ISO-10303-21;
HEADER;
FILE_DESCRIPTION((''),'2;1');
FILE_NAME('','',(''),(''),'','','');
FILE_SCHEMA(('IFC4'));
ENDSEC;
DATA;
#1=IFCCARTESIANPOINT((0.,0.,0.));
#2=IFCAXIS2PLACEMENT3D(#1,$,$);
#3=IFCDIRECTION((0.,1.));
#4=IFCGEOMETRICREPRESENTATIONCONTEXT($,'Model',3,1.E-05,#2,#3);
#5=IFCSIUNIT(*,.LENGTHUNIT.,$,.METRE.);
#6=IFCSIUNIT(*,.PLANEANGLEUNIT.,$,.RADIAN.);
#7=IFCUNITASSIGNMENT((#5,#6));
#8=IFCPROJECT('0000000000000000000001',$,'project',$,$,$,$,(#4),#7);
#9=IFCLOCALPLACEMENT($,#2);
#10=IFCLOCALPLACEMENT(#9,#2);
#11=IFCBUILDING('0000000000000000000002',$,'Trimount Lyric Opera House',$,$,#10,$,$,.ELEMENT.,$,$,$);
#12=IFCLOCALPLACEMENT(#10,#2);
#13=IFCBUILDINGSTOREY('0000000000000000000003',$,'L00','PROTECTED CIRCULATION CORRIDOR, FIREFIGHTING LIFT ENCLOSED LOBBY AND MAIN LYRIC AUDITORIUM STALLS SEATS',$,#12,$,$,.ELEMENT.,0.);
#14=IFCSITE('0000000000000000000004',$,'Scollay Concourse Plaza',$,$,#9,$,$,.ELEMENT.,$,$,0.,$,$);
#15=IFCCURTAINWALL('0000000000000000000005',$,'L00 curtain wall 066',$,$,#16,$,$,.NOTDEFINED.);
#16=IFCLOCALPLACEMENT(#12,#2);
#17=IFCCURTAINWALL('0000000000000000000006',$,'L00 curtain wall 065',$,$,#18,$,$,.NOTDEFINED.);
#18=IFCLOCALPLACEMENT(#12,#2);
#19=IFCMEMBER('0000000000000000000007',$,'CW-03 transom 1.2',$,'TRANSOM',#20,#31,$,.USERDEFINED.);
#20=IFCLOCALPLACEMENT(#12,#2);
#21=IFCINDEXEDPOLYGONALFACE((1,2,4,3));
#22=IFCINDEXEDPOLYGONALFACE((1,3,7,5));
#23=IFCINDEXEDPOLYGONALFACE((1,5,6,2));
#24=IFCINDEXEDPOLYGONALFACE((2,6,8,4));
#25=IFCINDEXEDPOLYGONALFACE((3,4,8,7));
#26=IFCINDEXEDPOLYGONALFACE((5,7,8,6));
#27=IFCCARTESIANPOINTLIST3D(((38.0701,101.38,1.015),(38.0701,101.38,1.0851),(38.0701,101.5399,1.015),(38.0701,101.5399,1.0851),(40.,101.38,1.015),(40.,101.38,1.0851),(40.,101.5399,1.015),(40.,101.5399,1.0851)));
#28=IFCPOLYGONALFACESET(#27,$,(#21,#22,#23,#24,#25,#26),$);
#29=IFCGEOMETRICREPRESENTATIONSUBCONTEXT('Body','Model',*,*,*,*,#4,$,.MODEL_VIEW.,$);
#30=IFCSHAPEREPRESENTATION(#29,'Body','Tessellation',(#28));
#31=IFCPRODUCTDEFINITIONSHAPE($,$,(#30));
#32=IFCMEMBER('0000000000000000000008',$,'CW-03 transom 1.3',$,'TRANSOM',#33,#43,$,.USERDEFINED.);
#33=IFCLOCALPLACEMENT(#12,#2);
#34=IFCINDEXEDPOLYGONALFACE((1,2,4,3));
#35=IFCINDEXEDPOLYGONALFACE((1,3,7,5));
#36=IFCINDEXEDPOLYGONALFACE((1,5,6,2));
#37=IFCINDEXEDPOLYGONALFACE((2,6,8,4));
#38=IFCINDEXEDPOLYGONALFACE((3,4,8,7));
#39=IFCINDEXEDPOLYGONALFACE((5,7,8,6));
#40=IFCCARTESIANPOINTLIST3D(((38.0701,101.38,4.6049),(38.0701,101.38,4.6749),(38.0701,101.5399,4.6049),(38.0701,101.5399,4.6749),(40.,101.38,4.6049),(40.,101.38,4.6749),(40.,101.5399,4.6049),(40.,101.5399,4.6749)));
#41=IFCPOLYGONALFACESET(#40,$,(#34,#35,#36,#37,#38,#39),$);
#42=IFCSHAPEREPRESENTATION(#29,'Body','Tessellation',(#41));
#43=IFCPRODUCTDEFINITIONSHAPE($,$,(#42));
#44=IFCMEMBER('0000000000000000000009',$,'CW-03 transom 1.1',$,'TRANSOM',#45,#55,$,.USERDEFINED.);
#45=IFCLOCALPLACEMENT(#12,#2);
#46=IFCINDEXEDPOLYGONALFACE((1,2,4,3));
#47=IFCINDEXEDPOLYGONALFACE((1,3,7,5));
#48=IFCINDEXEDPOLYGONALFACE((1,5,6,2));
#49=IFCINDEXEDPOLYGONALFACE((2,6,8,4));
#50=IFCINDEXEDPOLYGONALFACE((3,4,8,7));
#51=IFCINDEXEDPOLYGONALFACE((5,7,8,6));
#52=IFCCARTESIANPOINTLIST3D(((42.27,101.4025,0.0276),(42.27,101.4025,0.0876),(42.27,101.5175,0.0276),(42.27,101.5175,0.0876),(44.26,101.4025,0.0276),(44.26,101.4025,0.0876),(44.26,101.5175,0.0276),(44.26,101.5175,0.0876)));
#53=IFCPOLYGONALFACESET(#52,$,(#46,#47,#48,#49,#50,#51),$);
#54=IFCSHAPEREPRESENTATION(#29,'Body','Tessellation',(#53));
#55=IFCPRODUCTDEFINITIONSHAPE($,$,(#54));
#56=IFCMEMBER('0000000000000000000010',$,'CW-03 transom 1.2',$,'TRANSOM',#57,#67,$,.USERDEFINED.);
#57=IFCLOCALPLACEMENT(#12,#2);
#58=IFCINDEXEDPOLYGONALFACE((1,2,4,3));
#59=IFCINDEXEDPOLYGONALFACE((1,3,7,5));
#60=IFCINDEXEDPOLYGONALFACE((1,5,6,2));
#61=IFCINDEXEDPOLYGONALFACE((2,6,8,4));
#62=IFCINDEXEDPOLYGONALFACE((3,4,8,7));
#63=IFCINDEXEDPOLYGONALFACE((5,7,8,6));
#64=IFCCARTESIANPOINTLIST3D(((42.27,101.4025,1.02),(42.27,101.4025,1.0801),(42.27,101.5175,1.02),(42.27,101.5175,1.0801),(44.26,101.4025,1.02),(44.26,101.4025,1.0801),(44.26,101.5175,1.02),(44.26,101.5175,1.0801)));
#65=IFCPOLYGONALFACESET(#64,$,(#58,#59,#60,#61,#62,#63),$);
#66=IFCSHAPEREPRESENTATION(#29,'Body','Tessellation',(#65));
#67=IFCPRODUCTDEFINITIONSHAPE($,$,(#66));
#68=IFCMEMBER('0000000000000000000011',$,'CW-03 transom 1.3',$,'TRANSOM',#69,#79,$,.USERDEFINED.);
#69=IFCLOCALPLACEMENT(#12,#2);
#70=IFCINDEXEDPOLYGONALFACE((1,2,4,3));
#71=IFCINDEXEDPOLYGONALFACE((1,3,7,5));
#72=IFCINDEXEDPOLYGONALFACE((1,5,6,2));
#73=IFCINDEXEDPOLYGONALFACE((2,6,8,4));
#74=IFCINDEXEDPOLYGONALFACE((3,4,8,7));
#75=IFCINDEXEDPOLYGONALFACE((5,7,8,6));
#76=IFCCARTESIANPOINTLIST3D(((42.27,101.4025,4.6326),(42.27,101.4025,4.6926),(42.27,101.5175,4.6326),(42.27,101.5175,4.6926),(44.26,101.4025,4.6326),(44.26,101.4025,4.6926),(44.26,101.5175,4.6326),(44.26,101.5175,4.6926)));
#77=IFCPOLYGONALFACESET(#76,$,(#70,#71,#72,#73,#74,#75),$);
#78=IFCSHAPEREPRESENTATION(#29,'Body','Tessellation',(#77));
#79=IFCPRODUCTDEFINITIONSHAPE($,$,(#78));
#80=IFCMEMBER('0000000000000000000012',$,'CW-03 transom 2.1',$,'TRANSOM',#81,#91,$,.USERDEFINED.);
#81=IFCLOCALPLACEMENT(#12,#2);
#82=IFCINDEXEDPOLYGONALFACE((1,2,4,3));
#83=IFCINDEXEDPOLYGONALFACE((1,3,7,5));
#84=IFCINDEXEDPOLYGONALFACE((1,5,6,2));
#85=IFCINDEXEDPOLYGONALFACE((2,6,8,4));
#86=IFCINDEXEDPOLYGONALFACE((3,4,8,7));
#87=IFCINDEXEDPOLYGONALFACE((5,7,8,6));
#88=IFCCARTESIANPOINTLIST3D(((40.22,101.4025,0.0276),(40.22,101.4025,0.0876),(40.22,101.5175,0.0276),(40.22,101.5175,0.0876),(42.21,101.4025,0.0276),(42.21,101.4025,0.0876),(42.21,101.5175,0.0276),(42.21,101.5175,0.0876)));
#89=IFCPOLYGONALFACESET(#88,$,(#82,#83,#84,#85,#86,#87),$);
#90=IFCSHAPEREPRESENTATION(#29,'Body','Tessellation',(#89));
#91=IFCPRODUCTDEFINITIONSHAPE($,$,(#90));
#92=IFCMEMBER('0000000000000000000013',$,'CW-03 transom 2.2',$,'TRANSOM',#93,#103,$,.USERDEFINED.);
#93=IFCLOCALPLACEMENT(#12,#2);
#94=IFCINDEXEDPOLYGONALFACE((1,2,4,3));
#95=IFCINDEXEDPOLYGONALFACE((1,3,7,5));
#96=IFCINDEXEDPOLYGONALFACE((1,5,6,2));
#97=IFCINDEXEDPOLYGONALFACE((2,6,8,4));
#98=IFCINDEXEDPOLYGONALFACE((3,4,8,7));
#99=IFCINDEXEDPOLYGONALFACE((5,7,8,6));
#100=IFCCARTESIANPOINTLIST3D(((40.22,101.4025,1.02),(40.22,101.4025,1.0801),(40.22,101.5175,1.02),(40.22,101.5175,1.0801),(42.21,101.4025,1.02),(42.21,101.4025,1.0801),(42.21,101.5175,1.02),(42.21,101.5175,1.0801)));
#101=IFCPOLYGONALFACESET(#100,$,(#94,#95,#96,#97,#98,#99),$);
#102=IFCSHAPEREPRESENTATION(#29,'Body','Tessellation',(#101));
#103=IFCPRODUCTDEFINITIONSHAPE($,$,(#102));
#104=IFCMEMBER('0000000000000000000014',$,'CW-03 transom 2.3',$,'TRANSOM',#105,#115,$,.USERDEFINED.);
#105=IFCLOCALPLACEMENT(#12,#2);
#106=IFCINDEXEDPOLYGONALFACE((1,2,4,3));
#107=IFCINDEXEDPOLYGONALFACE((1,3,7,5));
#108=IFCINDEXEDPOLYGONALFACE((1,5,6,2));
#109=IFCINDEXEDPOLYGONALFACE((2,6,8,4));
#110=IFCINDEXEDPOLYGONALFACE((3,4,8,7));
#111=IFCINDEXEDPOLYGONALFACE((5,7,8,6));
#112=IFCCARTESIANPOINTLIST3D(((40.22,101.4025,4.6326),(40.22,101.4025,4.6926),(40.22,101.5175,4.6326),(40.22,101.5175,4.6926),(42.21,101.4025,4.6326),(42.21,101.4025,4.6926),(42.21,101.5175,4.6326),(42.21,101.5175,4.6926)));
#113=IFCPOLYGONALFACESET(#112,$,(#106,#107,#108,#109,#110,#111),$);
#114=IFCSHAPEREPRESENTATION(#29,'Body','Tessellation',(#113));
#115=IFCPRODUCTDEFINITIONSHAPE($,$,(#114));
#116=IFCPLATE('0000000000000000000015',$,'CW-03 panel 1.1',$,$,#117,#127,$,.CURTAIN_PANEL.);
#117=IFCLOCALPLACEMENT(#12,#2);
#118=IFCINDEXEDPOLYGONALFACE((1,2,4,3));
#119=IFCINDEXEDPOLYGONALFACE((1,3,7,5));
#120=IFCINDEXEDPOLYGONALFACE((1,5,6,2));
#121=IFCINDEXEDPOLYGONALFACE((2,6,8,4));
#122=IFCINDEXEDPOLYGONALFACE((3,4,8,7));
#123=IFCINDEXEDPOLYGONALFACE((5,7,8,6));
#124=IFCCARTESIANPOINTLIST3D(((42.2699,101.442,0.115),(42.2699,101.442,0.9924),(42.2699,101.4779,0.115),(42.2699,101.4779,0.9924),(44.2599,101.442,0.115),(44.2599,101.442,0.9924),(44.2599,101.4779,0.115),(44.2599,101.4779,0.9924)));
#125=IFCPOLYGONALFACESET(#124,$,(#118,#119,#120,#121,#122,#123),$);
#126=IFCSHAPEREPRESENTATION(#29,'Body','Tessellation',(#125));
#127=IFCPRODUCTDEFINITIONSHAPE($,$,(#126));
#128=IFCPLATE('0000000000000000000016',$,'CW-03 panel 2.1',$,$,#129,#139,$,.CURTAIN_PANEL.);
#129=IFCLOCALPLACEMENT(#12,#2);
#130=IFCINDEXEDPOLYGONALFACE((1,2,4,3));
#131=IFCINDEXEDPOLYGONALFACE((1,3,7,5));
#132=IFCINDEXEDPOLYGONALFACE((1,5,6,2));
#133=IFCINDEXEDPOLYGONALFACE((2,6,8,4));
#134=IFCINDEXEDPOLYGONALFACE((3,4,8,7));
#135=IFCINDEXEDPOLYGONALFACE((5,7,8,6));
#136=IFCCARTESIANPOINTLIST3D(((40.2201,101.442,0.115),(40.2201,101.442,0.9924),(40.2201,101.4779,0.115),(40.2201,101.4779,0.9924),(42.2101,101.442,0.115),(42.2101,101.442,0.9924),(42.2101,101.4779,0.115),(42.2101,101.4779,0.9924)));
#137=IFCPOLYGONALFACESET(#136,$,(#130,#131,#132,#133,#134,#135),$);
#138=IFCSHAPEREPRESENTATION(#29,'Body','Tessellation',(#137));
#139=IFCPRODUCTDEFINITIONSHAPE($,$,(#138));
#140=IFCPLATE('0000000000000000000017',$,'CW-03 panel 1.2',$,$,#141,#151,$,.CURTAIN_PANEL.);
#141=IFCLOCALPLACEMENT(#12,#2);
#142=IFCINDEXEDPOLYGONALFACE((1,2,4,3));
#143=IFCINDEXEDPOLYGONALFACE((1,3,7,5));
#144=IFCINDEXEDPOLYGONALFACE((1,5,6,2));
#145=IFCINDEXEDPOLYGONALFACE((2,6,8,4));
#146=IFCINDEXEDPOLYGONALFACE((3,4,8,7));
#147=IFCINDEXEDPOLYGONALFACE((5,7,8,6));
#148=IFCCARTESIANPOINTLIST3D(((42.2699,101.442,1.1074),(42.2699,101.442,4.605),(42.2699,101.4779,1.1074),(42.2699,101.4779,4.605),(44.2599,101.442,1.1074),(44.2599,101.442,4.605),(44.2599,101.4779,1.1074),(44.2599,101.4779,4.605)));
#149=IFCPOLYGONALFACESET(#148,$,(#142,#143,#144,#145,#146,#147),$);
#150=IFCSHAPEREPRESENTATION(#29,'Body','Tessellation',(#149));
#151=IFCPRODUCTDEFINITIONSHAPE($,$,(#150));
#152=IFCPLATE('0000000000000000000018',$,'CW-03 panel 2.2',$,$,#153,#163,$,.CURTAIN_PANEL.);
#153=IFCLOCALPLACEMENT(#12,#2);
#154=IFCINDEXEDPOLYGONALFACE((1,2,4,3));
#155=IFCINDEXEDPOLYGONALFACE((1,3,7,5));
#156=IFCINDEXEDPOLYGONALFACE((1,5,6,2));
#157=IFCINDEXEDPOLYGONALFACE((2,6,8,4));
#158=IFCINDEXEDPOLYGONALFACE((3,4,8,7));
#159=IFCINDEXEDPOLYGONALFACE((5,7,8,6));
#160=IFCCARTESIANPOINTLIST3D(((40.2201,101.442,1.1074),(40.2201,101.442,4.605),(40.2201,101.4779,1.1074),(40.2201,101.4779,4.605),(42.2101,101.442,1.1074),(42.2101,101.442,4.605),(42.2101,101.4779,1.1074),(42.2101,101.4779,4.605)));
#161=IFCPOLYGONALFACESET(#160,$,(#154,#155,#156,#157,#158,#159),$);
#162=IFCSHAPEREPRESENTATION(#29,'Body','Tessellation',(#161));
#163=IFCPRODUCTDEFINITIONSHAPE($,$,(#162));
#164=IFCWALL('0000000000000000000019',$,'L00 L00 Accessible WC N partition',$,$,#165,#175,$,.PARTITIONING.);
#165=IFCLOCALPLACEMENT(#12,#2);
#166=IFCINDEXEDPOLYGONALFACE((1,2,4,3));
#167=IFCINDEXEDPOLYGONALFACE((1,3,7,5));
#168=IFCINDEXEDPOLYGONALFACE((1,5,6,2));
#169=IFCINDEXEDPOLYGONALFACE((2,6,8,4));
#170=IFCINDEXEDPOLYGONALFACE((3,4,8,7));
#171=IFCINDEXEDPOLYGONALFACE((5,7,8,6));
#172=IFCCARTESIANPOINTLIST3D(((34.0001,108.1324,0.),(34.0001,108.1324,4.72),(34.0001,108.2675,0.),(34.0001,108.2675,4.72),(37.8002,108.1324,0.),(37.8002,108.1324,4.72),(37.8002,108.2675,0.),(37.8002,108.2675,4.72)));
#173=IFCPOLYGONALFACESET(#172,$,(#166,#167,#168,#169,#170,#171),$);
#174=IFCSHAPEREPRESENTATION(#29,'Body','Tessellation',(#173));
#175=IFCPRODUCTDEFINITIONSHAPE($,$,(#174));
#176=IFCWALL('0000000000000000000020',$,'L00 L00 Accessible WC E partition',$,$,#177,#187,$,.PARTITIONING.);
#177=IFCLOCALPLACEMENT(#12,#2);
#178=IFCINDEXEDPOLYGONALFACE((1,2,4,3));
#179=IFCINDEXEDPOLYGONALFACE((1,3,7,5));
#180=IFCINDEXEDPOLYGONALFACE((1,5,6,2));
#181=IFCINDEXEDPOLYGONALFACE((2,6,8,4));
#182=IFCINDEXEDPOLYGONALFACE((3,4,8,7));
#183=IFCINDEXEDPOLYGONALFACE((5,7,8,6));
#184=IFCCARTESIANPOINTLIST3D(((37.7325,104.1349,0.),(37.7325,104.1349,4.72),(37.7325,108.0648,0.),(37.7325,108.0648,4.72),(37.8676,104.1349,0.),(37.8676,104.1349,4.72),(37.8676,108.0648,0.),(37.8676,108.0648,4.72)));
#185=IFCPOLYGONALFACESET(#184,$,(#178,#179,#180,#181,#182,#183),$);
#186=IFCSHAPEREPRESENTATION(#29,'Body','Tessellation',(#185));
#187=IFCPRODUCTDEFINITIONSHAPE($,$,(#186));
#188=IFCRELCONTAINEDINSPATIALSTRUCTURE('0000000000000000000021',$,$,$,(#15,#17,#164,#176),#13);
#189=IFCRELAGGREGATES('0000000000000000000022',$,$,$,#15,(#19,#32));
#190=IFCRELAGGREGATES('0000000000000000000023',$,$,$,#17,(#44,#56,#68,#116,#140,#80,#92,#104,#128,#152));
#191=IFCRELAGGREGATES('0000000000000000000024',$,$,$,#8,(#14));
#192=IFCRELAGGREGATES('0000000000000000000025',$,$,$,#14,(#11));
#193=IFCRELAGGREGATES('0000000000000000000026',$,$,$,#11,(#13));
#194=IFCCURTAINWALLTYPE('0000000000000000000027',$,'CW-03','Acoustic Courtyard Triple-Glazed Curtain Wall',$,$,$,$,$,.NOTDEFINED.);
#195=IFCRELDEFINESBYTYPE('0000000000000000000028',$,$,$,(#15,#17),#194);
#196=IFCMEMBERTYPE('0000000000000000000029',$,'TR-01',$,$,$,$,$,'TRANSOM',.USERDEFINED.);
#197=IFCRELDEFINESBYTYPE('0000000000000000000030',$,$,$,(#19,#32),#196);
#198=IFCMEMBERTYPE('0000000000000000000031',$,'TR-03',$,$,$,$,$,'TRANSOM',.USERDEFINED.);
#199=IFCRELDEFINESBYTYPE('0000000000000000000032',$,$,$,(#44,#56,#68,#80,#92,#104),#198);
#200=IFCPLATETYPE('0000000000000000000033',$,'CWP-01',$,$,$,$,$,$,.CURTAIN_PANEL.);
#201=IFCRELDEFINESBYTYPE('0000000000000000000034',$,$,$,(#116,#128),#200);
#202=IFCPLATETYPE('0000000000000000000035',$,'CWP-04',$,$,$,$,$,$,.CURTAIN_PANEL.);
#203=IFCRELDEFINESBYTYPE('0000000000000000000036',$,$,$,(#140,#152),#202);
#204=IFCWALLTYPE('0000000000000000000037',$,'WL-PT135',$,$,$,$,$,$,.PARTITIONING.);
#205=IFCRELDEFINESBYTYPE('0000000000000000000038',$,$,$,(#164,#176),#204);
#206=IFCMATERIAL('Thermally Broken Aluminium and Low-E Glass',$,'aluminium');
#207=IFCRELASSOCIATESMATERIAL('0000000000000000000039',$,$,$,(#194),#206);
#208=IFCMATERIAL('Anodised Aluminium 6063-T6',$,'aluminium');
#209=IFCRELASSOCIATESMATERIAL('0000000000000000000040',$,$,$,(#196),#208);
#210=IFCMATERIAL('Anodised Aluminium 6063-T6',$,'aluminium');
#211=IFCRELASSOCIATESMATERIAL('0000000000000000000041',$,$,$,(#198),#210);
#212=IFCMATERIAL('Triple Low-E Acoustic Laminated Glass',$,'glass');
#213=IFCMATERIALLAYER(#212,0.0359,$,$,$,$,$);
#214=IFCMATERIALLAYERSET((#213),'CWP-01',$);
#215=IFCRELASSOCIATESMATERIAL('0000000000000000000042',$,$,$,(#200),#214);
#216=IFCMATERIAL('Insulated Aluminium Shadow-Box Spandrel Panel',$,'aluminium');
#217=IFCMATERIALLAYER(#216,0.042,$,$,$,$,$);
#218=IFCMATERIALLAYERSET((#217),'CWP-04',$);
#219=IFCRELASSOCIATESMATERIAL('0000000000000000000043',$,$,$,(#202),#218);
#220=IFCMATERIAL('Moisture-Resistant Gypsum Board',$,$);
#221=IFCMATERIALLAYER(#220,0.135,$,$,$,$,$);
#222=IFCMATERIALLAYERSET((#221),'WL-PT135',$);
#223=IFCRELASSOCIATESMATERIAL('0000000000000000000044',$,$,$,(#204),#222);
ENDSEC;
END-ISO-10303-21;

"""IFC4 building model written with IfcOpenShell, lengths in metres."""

from ifc_helpers import new_model, si_unit, direction, frame, frame_2d, origin, origin_2d, place, context, subcontext, project, spatial, rectangle, extrude, material, layer, layer_set, material_profile, profile_set, type_object, element, aggregate, save


model = new_model("IFC4")

# Units and contexts
model_context = context("Model", 3, precision=1e-05, world=origin(), true_north=direction((0.0, 1.0)))
body_context = subcontext(model_context, "Body", "Model", "MODEL_VIEW")
ifc_project = project(units=[si_unit("LENGTHUNIT", "METRE"), si_unit("PLANEANGLEUNIT", "RADIAN")], contexts=[model_context])

# Site, building, storey
site_placement = place(None, origin())
site = spatial("IfcSite", under=ifc_project, at=site_placement, Name="Scollay Concourse Plaza", CompositionType="ELEMENT", RefElevation=0.0)
building_placement = place(site_placement, origin())
building = spatial("IfcBuilding", under=site, at=building_placement, Name="Trimount Lyric Opera House", CompositionType="ELEMENT")
storey_placement = place(building_placement, origin())
storey = spatial("IfcBuildingStorey", under=building, at=storey_placement, Name="L00", Description="PROTECTED CIRCULATION CORRIDOR, FIREFIGHTING LIFT ENCLOSED LOBBY AND MAIN LYRIC AUDITORIUM STALLS SEATS", CompositionType="ELEMENT", Elevation=0.0)

# Curtain wall
ifc_material_1 = material(Name="Thermally Broken Aluminium and Low-E Glass", Category="aluminium")
curtain_wall_type = type_object("IfcCurtainWallType", Name="CW-03", Description="Acoustic Courtyard Triple-Glazed Curtain Wall", PredefinedType="NOTDEFINED", material=ifc_material_1)
curtain_wall_1_placement = place(storey_placement, origin())
curtain_wall_1 = element("IfcCurtainWall", 1, at=curtain_wall_1_placement, inside=storey, type_object=curtain_wall_type, Name="L00 curtain wall 066", PredefinedType="NOTDEFINED")

# Curtain wall
curtain_wall_2_placement = place(storey_placement, origin())
curtain_wall_2 = element("IfcCurtainWall", 2, at=curtain_wall_2_placement, inside=storey, type_object=curtain_wall_type, Name="L00 curtain wall 065", PredefinedType="NOTDEFINED")

# Members
ifc_material_2 = material(Name="Anodised Aluminium 6063-T6", Category="aluminium")
ifc_material_profile_1 = material_profile(ifc_material_2, rectangle(XDim=0.1599, YDim=0.0701, at=origin_2d()), Name="ALU-TRAN-70X160")
ifc_profile_set_1 = profile_set([ifc_material_profile_1], Name="Anodised Aluminium 6063-T6")
member_type_1 = type_object("IfcMemberType", Name="TR-01", ElementType="TRANSOM", PredefinedType="USERDEFINED", material=ifc_profile_set_1)
member_1_placement = place(storey_placement, frame((40.0, 101.46, 1.05), z_axis=(-1.0, 0.0, 0.0), x_axis=(0.0, -1.0, 0.0)))
member_1 = element("IfcMember", 3, at=member_1_placement, type_object=member_type_1, Name="CW-03 transom 1.2", ObjectType="TRANSOM", PredefinedType="USERDEFINED", context=body_context, shape_type="SweptSolid", body=[
    extrude(rectangle(XDim=0.1599, YDim=0.0701, at=origin_2d()), origin(), (0.0, 0.0, 1.0), 1.9299),
])
member_2_placement = place(storey_placement, frame((40.0, 101.46, 4.6399), z_axis=(-1.0, 0.0, 0.0), x_axis=(0.0, -1.0, 0.0)))
member_2 = element("IfcMember", 4, at=member_2_placement, type_object=member_type_1, Name="CW-03 transom 1.3", ObjectType="TRANSOM", PredefinedType="USERDEFINED", context=body_context, shape_type="SweptSolid", body=[
    extrude(rectangle(XDim=0.1599, YDim=0.0701, at=origin_2d()), origin(), (0.0, 0.0, 1.0), 1.9299),
])
aggregate(curtain_wall_1, [member_1, member_2])
ifc_material_3 = material(Name="Anodised Aluminium 6063-T6", Category="aluminium")
ifc_material_profile_2 = material_profile(ifc_material_3, rectangle(XDim=0.115, YDim=0.0601, at=origin_2d()), Name="ALU-TRAN-60X115")
ifc_profile_set_2 = profile_set([ifc_material_profile_2], Name="Anodised Aluminium 6063-T6")
member_type_2 = type_object("IfcMemberType", Name="TR-03", ElementType="TRANSOM", PredefinedType="USERDEFINED", material=ifc_profile_set_2)
member_3_placement = place(storey_placement, frame((44.26, 101.46, 0.0576), z_axis=(-1.0, 0.0, 0.0), x_axis=(0.0, -1.0, 0.0)))
member_3 = element("IfcMember", 5, at=member_3_placement, type_object=member_type_2, Name="CW-03 transom 1.1", ObjectType="TRANSOM", PredefinedType="USERDEFINED", context=body_context, shape_type="SweptSolid", body=[
    extrude(rectangle(XDim=0.115, YDim=0.0601, at=origin_2d()), origin(), (0.0, 0.0, 1.0), 1.99),
])
member_4_placement = place(storey_placement, frame((44.26, 101.46, 1.05), z_axis=(-1.0, 0.0, 0.0), x_axis=(0.0, -1.0, 0.0)))
member_4 = element("IfcMember", 6, at=member_4_placement, type_object=member_type_2, Name="CW-03 transom 1.2", ObjectType="TRANSOM", PredefinedType="USERDEFINED", context=body_context, shape_type="SweptSolid", body=[
    extrude(rectangle(XDim=0.115, YDim=0.0601, at=origin_2d()), origin(), (0.0, 0.0, 1.0), 1.99),
])
member_5_placement = place(storey_placement, frame((44.26, 101.46, 4.6626), z_axis=(-1.0, 0.0, 0.0), x_axis=(0.0, -1.0, 0.0)))
member_5 = element("IfcMember", 7, at=member_5_placement, type_object=member_type_2, Name="CW-03 transom 1.3", ObjectType="TRANSOM", PredefinedType="USERDEFINED", context=body_context, shape_type="SweptSolid", body=[
    extrude(rectangle(XDim=0.115, YDim=0.0601, at=origin_2d()), origin(), (0.0, 0.0, 1.0), 1.99),
])
member_6_placement = place(storey_placement, frame((42.21, 101.46, 0.0576), z_axis=(-1.0, 0.0, 0.0), x_axis=(0.0, -1.0, 0.0)))
member_6 = element("IfcMember", 8, at=member_6_placement, type_object=member_type_2, Name="CW-03 transom 2.1", ObjectType="TRANSOM", PredefinedType="USERDEFINED", context=body_context, shape_type="SweptSolid", body=[
    extrude(rectangle(XDim=0.115, YDim=0.0601, at=origin_2d()), origin(), (0.0, 0.0, 1.0), 1.99),
])
member_7_placement = place(storey_placement, frame((42.21, 101.46, 1.05), z_axis=(-1.0, 0.0, 0.0), x_axis=(0.0, -1.0, 0.0)))
member_7 = element("IfcMember", 9, at=member_7_placement, type_object=member_type_2, Name="CW-03 transom 2.2", ObjectType="TRANSOM", PredefinedType="USERDEFINED", context=body_context, shape_type="SweptSolid", body=[
    extrude(rectangle(XDim=0.115, YDim=0.0601, at=origin_2d()), origin(), (0.0, 0.0, 1.0), 1.99),
])
member_8_placement = place(storey_placement, frame((42.21, 101.46, 4.6626), z_axis=(-1.0, 0.0, 0.0), x_axis=(0.0, -1.0, 0.0)))
member_8 = element("IfcMember", 10, at=member_8_placement, type_object=member_type_2, Name="CW-03 transom 2.3", ObjectType="TRANSOM", PredefinedType="USERDEFINED", context=body_context, shape_type="SweptSolid", body=[
    extrude(rectangle(XDim=0.115, YDim=0.0601, at=origin_2d()), origin(), (0.0, 0.0, 1.0), 1.99),
])

# Plates
ifc_material_4 = material(Name="Triple Low-E Acoustic Laminated Glass", Category="glass")
ifc_layer_1 = layer(ifc_material_4, 0.0359)
ifc_layer_set_1 = layer_set([ifc_layer_1], Name="CWP-01")
plate_type_1 = type_object("IfcPlateType", Name="CWP-01", PredefinedType="CURTAIN_PANEL", material=ifc_layer_set_1)
plate_1_placement = place(storey_placement, frame((43.2649, 101.46, 0.115), z_axis=(0.0, 0.0, 1.0), x_axis=(-1.0, 0.0, 0.0)))
plate_1 = element("IfcPlate", 11, at=plate_1_placement, type_object=plate_type_1, Name="CW-03 panel 1.1", PredefinedType="CURTAIN_PANEL", context=body_context, shape_type="SweptSolid", body=[
    extrude(rectangle(XDim=1.99, YDim=0.0359, at=origin_2d()), origin(), (0.0, 0.0, 1.0), 0.8774),
])
plate_2_placement = place(storey_placement, frame((41.2151, 101.46, 0.115), z_axis=(0.0, 0.0, 1.0), x_axis=(-1.0, 0.0, 0.0)))
plate_2 = element("IfcPlate", 12, at=plate_2_placement, type_object=plate_type_1, Name="CW-03 panel 2.1", PredefinedType="CURTAIN_PANEL", context=body_context, shape_type="SweptSolid", body=[
    extrude(rectangle(XDim=1.99, YDim=0.0359, at=origin_2d()), origin(), (0.0, 0.0, 1.0), 0.8774),
])
ifc_material_5 = material(Name="Insulated Aluminium Shadow-Box Spandrel Panel", Category="aluminium")
ifc_layer_2 = layer(ifc_material_5, 0.042)
ifc_layer_set_2 = layer_set([ifc_layer_2], Name="CWP-04")
plate_type_2 = type_object("IfcPlateType", Name="CWP-04", PredefinedType="CURTAIN_PANEL", material=ifc_layer_set_2)
plate_3_placement = place(storey_placement, frame((43.2649, 101.46, 1.1074), z_axis=(0.0, 0.0, 1.0), x_axis=(-1.0, 0.0, 0.0)))
plate_3 = element("IfcPlate", 13, at=plate_3_placement, type_object=plate_type_2, Name="CW-03 panel 1.2", PredefinedType="CURTAIN_PANEL", context=body_context, shape_type="SweptSolid", body=[
    extrude(rectangle(XDim=1.99, YDim=0.0359, at=origin_2d()), origin(), (0.0, 0.0, 1.0), 3.4976),
])
plate_4_placement = place(storey_placement, frame((41.2151, 101.46, 1.1074), z_axis=(0.0, 0.0, 1.0), x_axis=(-1.0, 0.0, 0.0)))
plate_4 = element("IfcPlate", 14, at=plate_4_placement, type_object=plate_type_2, Name="CW-03 panel 2.2", PredefinedType="CURTAIN_PANEL", context=body_context, shape_type="SweptSolid", body=[
    extrude(rectangle(XDim=1.99, YDim=0.0359, at=origin_2d()), origin(), (0.0, 0.0, 1.0), 3.4976),
])
aggregate(curtain_wall_2, [member_3, member_4, member_5, plate_1, plate_3, member_6, member_7, member_8, plate_2, plate_4])

# Walls
ifc_material_6 = material(Name="Moisture-Resistant Gypsum Board")
ifc_layer_3 = layer(ifc_material_6, 0.135)
ifc_layer_set_3 = layer_set([ifc_layer_3], Name="WL-PT135")
wall_type_1 = type_object("IfcWallType", Name="WL-PT135", PredefinedType="PARTITIONING", material=ifc_layer_set_3)
wall_1_placement = place(storey_placement, frame((37.8, 108.2, 0.0), z_axis=(0.0, 0.0, 1.0), x_axis=(-1.0, 0.0, 0.0)))
element("IfcWall", 15, at=wall_1_placement, inside=storey, type_object=wall_type_1, Name="L00 L00 Accessible WC N partition", PredefinedType="PARTITIONING", context=body_context, shape_type="SweptSolid", body=[
    extrude(rectangle(XDim=3.8, YDim=0.135, at=frame_2d((1.8999, 0.0))), origin(), (0.0, 0.0, 1.0), 4.72),
])
wall_2_placement = place(storey_placement, frame((37.8, 104.135, 0.0), z_axis=(0.0, 0.0, 1.0), x_axis=(0.0, 1.0, 0.0)))
element("IfcWall", 16, at=wall_2_placement, inside=storey, type_object=wall_type_1, Name="L00 L00 Accessible WC E partition", PredefinedType="PARTITIONING", context=body_context, shape_type="SweptSolid", body=[
    extrude(rectangle(XDim=3.9299, YDim=0.135, at=frame_2d((1.9648, 0.0))), origin(), (0.0, 0.0, 1.0), 4.72),
])

save(model, "model.ifc")
